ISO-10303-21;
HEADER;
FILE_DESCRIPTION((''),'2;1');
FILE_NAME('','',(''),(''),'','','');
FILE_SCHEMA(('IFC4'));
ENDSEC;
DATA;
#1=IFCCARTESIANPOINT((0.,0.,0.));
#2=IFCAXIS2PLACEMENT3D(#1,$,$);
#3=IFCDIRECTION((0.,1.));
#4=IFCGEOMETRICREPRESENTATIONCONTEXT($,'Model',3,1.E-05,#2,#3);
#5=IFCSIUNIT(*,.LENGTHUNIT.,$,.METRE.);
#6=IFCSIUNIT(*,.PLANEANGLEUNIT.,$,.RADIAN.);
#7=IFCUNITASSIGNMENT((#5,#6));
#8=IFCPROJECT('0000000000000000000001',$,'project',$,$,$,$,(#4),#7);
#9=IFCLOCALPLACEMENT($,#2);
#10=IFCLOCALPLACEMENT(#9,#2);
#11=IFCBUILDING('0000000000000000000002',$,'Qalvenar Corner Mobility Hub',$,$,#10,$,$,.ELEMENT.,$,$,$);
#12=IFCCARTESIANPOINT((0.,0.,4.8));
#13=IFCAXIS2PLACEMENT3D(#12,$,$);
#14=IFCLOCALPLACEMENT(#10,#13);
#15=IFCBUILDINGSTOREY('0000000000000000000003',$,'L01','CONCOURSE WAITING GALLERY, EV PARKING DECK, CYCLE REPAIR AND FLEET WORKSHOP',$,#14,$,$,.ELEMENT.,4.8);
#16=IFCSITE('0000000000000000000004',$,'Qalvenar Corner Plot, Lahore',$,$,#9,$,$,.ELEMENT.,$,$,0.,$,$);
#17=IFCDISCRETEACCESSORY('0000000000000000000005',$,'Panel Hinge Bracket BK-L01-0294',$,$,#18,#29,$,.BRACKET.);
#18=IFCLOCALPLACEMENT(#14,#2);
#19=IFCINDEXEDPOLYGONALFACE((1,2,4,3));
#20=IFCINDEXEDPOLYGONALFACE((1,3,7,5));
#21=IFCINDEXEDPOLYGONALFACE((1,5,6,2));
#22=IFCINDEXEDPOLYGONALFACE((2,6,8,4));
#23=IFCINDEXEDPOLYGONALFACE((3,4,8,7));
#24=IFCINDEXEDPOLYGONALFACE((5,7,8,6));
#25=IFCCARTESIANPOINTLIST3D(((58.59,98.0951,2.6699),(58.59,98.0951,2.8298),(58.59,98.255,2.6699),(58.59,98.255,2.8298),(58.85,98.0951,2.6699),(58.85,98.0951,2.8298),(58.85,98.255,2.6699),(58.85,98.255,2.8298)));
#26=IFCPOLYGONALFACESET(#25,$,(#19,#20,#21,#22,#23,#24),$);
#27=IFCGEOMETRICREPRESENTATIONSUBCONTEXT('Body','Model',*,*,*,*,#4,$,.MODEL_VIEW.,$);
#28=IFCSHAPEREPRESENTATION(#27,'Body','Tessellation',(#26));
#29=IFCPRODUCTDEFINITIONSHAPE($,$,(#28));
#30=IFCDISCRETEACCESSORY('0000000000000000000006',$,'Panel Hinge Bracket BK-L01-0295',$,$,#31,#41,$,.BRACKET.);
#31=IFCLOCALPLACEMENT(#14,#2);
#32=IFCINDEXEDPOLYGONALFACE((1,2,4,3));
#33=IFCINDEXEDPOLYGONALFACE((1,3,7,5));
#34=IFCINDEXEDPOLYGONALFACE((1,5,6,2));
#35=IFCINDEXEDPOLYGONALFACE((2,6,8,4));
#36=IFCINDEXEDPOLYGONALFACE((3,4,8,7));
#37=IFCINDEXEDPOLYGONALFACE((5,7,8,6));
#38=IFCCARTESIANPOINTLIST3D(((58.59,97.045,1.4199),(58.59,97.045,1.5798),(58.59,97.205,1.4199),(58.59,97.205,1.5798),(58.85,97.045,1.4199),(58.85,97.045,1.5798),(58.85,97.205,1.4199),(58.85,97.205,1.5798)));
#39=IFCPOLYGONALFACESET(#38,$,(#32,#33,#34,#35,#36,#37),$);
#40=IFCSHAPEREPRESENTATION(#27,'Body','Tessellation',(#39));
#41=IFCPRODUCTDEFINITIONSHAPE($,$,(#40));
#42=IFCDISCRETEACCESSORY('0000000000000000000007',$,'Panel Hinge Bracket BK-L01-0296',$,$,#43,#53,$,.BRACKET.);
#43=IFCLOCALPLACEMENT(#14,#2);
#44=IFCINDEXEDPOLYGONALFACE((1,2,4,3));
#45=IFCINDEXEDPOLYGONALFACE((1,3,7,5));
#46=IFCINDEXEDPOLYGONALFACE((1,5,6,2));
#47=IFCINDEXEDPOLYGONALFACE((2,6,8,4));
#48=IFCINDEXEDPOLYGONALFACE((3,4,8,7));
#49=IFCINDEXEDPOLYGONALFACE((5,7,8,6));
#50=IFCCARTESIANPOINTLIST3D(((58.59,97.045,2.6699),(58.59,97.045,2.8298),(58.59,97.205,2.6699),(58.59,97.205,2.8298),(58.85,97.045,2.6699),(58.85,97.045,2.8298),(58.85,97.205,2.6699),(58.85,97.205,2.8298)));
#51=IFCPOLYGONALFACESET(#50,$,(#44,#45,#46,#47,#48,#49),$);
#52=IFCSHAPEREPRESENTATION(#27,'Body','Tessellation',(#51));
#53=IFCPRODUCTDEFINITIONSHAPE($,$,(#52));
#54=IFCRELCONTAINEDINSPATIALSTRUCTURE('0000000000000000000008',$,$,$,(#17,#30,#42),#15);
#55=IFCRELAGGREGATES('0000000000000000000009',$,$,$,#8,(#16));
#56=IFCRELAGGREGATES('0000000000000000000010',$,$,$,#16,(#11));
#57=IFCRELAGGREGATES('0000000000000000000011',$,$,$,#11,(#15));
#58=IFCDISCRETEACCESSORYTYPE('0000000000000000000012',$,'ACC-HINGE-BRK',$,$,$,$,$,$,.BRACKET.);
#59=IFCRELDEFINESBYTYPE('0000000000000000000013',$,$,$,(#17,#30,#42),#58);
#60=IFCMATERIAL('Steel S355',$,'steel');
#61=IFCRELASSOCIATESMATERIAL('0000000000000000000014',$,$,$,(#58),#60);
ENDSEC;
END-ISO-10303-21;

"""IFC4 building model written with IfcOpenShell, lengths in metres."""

from ifc_helpers import new_model, si_unit, direction, frame, origin, origin_2d, place, context, subcontext, project, spatial, rectangle, extrude, material, type_object, element, save


model = new_model("IFC4")

# Units and contexts
model_context = context("Model", 3, precision=1e-05, world=origin(), true_north=direction((0.0, 1.0)))
body_context = subcontext(model_context, "Body", "Model", "MODEL_VIEW")
ifc_project = project(units=[si_unit("LENGTHUNIT", "METRE"), si_unit("PLANEANGLEUNIT", "RADIAN")], contexts=[model_context])

# Site, building, storey
site_placement = place(None, origin())
site = spatial("IfcSite", under=ifc_project, at=site_placement, Name="Qalvenar Corner Plot, Lahore", CompositionType="ELEMENT", RefElevation=0.0)
building_placement = place(site_placement, origin())
building = spatial("IfcBuilding", under=site, at=building_placement, Name="Qalvenar Corner Mobility Hub", CompositionType="ELEMENT")
storey_placement = place(building_placement, frame((0.0, 0.0, 4.8)))
storey = spatial("IfcBuildingStorey", under=building, at=storey_placement, Name="L01", Description="CONCOURSE WAITING GALLERY, EV PARKING DECK, CYCLE REPAIR AND FLEET WORKSHOP", CompositionType="ELEMENT", Elevation=4.8)

# Shared definitions
ifc_material_1 = material(Name="Steel S355", Category="steel")

# Discrete accessories
discrete_accessory_type = type_object("IfcDiscreteAccessoryType", Name="ACC-HINGE-BRK", PredefinedType="BRACKET", material=ifc_material_1)
for number, where, z_axis, x_axis, name in (
    (1, (58.72, 98.175, 2.6699), (0.0, 0.0, 1.0), (0.0, -1.0, 0.0), "Panel Hinge Bracket BK-L01-0294"),
    (2, (58.72, 97.125, 1.4199), (0.0, 0.0, 1.0), (0.0, -1.0, 0.0), "Panel Hinge Bracket BK-L01-0295"),
    (3, (58.72, 97.125, 2.6699), (0.0, 0.0, 1.0), (0.0, -1.0, 0.0), "Panel Hinge Bracket BK-L01-0296"),
):
    element("IfcDiscreteAccessory", number, at=place(storey_placement, frame(where, z_axis=z_axis, x_axis=x_axis)), inside=storey, type_object=discrete_accessory_type, Name=name, PredefinedType="BRACKET", context=body_context, shape_type="SweptSolid", body=[
        extrude(rectangle(XDim=0.1599, YDim=0.26, at=origin_2d()), origin(), (0.0, 0.0, 1.0), 0.1599),
    ])

save(model, "model.ifc")
